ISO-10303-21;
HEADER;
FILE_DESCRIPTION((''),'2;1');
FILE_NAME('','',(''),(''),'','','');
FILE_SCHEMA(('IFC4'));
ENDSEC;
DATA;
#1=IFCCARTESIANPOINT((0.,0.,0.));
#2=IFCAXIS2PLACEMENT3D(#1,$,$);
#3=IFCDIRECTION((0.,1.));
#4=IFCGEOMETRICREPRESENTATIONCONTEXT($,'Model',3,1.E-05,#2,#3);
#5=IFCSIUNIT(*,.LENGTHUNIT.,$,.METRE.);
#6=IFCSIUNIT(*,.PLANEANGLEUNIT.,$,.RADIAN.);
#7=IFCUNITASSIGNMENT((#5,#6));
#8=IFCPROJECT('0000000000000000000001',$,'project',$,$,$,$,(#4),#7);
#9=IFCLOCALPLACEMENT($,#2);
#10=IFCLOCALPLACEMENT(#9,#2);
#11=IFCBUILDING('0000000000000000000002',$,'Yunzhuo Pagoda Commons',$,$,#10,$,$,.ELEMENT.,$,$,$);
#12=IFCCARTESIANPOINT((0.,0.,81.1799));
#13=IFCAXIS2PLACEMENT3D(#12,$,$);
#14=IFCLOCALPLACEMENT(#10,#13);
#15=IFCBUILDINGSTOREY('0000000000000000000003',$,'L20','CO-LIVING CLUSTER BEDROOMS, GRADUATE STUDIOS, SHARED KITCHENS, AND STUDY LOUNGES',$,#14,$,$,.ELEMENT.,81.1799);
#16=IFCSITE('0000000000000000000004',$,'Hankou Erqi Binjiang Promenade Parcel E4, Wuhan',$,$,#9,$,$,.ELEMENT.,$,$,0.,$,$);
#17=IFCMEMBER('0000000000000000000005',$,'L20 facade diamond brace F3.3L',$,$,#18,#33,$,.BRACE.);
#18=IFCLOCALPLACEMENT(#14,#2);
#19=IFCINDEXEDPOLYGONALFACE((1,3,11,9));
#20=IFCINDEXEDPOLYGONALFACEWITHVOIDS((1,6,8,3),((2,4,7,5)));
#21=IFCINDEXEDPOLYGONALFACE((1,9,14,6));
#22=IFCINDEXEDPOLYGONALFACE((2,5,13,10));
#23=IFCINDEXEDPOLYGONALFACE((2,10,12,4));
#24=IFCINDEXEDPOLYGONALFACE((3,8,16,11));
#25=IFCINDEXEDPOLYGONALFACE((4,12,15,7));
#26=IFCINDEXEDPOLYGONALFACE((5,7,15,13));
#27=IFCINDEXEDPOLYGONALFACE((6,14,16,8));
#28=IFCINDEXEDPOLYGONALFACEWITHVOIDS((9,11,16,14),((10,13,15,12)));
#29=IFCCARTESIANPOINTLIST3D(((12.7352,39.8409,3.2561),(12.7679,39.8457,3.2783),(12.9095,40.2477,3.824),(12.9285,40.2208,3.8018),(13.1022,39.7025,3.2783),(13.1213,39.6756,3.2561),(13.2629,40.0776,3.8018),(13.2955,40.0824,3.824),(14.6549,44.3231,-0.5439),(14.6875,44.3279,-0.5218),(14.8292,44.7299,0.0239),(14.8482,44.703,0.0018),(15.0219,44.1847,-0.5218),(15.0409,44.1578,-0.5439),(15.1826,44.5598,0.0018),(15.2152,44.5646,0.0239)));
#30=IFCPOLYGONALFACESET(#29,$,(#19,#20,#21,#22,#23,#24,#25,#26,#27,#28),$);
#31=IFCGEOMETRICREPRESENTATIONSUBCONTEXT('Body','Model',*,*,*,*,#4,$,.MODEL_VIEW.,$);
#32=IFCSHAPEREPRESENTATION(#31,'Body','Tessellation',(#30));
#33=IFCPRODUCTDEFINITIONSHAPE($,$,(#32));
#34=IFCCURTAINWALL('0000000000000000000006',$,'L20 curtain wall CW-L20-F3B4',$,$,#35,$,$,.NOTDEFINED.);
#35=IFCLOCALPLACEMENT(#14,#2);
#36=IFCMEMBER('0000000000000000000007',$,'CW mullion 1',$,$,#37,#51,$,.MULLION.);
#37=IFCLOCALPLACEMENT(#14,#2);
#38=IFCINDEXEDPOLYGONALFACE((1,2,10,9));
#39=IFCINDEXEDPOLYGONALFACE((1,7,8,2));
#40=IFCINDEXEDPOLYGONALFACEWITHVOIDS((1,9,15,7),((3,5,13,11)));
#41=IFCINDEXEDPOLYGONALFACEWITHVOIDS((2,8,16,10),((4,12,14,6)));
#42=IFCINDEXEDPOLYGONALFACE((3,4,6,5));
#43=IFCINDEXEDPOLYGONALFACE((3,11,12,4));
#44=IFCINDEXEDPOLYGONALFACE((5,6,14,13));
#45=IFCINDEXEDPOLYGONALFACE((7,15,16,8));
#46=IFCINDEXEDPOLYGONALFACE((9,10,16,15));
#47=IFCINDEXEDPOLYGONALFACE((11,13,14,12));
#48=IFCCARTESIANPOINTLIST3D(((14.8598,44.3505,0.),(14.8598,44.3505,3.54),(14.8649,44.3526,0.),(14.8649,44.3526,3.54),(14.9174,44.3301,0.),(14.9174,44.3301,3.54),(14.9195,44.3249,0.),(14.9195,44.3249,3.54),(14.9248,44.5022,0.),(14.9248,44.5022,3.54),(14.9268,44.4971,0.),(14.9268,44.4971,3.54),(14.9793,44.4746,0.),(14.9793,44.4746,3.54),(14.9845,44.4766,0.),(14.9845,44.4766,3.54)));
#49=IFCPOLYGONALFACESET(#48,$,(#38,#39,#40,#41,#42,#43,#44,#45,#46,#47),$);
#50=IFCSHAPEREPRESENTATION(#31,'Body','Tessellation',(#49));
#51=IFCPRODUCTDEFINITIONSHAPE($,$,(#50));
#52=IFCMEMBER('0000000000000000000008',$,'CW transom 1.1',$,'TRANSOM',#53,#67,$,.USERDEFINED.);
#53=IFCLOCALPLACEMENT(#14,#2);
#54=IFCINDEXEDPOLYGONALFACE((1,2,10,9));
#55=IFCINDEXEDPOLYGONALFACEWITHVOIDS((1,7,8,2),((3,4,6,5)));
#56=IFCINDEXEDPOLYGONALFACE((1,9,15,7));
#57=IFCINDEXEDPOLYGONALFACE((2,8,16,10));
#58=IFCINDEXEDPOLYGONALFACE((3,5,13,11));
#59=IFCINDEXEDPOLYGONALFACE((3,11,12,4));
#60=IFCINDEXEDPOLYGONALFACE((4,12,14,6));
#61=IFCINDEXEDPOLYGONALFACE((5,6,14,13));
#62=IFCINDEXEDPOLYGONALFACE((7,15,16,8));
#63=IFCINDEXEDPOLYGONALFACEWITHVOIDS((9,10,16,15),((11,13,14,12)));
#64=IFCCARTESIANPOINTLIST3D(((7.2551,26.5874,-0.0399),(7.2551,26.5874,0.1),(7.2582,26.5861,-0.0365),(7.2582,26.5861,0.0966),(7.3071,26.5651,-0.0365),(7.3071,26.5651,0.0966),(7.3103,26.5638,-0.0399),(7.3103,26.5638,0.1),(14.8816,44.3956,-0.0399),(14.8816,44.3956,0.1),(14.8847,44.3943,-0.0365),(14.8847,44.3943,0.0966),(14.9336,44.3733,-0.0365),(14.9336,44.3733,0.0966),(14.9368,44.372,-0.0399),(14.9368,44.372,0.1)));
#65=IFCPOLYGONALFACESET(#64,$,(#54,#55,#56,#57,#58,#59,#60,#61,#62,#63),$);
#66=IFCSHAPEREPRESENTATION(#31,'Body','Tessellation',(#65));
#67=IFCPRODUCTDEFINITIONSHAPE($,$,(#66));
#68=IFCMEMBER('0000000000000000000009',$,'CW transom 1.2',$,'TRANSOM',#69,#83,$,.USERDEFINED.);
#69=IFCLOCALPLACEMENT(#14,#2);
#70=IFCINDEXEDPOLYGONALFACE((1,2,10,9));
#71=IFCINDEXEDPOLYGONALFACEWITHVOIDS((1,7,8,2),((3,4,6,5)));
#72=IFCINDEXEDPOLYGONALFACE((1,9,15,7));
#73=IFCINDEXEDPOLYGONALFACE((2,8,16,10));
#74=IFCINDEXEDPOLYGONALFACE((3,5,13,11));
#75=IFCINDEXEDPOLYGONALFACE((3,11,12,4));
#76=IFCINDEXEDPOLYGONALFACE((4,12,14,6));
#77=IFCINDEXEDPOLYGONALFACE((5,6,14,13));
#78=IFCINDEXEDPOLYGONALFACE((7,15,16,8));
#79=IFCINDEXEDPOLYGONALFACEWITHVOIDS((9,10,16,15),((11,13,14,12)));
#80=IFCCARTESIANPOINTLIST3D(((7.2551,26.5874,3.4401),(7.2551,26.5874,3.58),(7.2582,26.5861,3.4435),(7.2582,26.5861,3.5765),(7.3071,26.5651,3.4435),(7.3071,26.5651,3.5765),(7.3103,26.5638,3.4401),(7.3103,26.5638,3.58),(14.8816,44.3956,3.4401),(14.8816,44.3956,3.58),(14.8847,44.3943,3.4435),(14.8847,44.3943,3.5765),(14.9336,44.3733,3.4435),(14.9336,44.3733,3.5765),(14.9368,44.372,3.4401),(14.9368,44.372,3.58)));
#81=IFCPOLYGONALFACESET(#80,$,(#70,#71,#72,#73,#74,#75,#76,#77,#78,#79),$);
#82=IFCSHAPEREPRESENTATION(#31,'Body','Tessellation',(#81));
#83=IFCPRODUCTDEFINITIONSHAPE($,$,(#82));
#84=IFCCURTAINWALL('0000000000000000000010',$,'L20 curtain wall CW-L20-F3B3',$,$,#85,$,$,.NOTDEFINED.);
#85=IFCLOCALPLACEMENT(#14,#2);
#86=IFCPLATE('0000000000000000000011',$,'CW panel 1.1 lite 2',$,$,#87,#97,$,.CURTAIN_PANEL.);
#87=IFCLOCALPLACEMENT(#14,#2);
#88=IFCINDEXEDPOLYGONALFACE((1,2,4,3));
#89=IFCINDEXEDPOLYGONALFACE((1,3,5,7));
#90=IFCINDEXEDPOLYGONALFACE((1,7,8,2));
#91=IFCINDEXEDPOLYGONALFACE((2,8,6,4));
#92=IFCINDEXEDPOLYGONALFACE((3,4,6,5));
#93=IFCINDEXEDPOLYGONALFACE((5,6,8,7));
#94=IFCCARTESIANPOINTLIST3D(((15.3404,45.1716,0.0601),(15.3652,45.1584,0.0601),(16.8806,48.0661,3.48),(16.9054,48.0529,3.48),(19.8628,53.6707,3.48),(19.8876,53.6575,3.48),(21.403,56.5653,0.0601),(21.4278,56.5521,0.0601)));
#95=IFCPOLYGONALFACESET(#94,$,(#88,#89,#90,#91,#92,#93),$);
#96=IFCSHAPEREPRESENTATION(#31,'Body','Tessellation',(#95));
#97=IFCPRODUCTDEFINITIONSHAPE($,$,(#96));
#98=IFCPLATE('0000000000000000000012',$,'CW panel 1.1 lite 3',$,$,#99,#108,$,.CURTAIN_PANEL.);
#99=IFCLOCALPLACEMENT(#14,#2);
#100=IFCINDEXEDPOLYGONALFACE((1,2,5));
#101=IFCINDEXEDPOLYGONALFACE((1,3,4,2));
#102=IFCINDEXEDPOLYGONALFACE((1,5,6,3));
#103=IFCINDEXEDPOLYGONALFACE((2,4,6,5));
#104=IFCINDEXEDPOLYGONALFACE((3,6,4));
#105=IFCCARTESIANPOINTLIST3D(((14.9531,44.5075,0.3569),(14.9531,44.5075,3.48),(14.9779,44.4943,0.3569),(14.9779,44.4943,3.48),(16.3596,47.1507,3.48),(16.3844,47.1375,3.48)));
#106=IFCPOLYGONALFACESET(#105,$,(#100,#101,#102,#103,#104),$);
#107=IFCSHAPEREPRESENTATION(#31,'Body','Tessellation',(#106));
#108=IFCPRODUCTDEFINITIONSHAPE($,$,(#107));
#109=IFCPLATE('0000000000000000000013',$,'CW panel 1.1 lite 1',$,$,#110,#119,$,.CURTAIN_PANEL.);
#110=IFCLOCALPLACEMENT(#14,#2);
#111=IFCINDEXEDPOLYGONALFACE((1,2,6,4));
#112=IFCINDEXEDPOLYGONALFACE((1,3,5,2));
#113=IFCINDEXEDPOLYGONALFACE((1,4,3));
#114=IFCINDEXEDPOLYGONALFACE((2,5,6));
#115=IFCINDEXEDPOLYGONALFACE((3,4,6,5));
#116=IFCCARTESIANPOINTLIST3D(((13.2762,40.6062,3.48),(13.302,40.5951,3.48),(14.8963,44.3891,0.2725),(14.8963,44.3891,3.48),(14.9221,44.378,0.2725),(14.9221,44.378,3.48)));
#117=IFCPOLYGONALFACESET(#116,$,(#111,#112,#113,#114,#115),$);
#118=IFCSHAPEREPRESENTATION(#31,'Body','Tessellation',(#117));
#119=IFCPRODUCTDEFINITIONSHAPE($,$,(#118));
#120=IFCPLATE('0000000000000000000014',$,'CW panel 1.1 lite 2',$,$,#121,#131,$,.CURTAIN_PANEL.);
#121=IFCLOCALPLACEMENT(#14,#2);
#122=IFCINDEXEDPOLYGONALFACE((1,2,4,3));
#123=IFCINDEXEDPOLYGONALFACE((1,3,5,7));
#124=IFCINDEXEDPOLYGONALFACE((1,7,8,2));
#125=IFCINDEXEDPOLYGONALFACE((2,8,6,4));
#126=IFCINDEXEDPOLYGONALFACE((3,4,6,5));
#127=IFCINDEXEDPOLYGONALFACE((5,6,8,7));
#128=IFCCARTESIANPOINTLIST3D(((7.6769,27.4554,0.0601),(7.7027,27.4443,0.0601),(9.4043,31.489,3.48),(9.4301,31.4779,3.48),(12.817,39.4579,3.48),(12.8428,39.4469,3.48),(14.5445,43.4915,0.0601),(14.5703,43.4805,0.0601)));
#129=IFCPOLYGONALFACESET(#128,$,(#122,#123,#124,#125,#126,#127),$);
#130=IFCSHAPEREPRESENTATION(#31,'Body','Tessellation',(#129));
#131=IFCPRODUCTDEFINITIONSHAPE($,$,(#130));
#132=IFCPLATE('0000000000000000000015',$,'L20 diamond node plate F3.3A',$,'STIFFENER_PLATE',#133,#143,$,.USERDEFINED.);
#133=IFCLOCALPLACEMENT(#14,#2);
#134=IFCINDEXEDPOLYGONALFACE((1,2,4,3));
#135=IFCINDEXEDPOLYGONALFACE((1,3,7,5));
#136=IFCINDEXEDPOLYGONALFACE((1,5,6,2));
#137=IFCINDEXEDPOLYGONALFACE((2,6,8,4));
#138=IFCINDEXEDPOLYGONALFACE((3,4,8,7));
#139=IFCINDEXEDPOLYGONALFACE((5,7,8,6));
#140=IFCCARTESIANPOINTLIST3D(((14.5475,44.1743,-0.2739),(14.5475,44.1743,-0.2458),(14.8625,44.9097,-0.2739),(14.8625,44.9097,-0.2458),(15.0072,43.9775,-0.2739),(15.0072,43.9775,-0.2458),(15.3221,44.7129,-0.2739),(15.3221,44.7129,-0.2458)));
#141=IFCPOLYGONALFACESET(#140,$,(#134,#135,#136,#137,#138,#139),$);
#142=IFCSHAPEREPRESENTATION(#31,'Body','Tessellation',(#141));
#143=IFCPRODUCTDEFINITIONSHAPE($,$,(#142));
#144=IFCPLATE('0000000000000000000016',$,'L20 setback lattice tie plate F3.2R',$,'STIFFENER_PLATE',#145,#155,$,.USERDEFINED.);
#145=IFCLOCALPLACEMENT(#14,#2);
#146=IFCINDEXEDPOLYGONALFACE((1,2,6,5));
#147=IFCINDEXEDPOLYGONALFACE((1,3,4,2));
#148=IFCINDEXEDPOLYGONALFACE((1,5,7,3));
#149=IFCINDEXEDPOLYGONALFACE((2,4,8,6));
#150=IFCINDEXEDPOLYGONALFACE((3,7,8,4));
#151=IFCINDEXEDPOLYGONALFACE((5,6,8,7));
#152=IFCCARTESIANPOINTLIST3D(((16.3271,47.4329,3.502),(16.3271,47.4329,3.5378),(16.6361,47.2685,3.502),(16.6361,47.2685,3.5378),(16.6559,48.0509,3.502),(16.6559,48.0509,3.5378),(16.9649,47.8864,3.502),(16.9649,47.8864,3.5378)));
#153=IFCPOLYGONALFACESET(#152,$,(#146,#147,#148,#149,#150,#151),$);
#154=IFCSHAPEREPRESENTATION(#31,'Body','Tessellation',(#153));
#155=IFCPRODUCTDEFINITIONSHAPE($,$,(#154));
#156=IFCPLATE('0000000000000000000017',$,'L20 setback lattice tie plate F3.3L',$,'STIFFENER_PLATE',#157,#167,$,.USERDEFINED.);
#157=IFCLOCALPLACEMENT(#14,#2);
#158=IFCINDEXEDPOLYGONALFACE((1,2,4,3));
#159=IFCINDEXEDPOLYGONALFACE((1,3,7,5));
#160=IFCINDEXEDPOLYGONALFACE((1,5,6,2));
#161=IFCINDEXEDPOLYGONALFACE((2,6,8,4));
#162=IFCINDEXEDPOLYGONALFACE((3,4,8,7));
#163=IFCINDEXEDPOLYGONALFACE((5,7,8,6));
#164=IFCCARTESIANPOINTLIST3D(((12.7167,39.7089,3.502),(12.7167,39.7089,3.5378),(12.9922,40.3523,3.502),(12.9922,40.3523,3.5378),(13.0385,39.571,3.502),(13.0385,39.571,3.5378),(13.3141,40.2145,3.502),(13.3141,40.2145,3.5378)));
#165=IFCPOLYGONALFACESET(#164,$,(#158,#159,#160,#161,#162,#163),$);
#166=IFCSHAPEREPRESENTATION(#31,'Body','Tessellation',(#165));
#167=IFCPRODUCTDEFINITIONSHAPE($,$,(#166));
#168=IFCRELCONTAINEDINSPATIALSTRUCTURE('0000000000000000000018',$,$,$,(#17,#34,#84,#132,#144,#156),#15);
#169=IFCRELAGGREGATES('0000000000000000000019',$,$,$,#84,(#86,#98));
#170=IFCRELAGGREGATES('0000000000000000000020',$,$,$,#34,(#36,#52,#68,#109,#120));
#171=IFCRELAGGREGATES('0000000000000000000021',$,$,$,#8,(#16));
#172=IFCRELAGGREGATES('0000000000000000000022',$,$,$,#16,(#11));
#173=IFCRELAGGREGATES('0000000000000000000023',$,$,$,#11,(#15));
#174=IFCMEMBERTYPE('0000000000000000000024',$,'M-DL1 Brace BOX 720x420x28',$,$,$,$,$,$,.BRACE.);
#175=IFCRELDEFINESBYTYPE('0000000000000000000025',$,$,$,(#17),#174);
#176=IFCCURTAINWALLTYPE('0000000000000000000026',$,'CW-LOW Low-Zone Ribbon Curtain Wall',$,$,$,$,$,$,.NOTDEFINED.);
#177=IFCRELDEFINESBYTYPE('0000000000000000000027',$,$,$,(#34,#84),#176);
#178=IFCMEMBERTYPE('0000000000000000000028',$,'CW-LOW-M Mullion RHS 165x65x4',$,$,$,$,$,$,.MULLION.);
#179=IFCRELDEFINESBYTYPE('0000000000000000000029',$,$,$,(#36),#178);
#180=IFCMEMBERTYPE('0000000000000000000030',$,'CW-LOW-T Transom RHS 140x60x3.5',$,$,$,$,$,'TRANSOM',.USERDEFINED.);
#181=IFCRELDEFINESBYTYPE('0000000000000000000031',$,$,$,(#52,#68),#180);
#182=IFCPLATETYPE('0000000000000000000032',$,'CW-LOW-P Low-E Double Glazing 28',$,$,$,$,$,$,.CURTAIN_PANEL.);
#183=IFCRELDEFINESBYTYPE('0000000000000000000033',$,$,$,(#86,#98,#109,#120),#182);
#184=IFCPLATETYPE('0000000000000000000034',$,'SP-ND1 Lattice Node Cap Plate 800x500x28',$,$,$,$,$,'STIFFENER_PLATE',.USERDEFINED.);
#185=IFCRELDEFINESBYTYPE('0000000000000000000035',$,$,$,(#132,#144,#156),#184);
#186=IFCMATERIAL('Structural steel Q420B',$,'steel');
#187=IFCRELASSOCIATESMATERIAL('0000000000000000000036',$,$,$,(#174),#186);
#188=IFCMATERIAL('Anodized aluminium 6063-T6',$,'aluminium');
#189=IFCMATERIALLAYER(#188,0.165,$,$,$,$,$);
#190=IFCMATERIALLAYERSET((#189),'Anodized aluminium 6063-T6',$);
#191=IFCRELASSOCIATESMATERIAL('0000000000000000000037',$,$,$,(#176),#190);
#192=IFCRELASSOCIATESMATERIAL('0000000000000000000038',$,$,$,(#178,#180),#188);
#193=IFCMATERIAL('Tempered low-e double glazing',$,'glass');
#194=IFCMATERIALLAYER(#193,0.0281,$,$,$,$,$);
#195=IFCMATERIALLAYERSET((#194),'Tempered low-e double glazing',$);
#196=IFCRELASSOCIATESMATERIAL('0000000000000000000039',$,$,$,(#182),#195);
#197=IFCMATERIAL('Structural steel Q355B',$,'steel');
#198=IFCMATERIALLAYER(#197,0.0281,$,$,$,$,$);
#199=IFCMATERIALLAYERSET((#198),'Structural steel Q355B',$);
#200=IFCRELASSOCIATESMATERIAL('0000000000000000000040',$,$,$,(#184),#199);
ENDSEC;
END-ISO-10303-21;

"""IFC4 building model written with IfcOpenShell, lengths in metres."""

from ifc_helpers import new_model, si_unit, direction, frame, origin, origin_2d, place, context, subcontext, project, spatial, polyline, rectangle, hollow_rectangle, outline, extrude, source, transform, mapped, material, layer, layer_set, material_profile, profile_set, type_object, element, aggregate, save


model = new_model("IFC4")

# Units and contexts
model_context = context("Model", 3, precision=1e-05, world=origin(), true_north=direction((0.0, 1.0)))
body_context = subcontext(model_context, "Body", "Model", "MODEL_VIEW")
ifc_project = project(units=[si_unit("LENGTHUNIT", "METRE"), si_unit("PLANEANGLEUNIT", "RADIAN")], contexts=[model_context])

# Site, building, storey
site_placement = place(None, origin())
site = spatial("IfcSite", under=ifc_project, at=site_placement, Name="Hankou Erqi Binjiang Promenade Parcel E4, Wuhan", CompositionType="ELEMENT", RefElevation=0.0)
building_placement = place(site_placement, origin())
building = spatial("IfcBuilding", under=site, at=building_placement, Name="Yunzhuo Pagoda Commons", CompositionType="ELEMENT")
storey_placement = place(building_placement, frame((0.0, 0.0, 81.1799)))
storey = spatial("IfcBuildingStorey", under=building, at=storey_placement, Name="L20", Description="CO-LIVING CLUSTER BEDROOMS, GRADUATE STUDIOS, SHARED KITCHENS, AND STUDY LOUNGES", CompositionType="ELEMENT", Elevation=81.1799)

# Shared definitions
ifc_material_1 = material(Name="Structural steel Q420B", Category="steel")

# Shared definitions
ifc_material_2 = material(Name="Structural steel Q355B", Category="steel")

# Member
ifc_material_profile_1 = material_profile(ifc_material_1, hollow_rectangle(XDim=0.4199, YDim=0.72, WallThickness=0.0281, at=origin_2d()), Name="Structural steel Q420B")
ifc_profile_set_1 = profile_set([ifc_material_profile_1], Name="Structural steel Q420B")
member_type_1 = type_object("IfcMemberType", Name="M-DL1 Brace BOX 720x420x28", PredefinedType="BRACE", material=ifc_profile_set_1)
shared_shape_1 = source(origin(), body_context, "Body", "SweptSolid", [
    extrude(hollow_rectangle(XDim=0.4199, YDim=0.72, WallThickness=0.0281, at=origin_2d()), origin(), (0.0, 0.0, 1.0), 6.1819),
])
member_1_placement = place(storey_placement, frame((14.9351, 44.4438, -0.26), z_axis=(-0.310534, -0.725053, 0.614709), x_axis=(0.919238, -0.393702, 0.0)))
element("IfcMember", 1, at=member_1_placement, inside=storey, type_object=member_type_1, Name="L20 facade diamond brace F3.3L", PredefinedType="BRACE", context=body_context, shape_type="MappedRepresentation", body=[
    mapped(shared_shape_1, transform((0.0, 0.0, 0.0), scale=1.0)),
])

# Curtain wall, members
ifc_material_3 = material(Name="Anodized aluminium 6063-T6", Category="aluminium")
ifc_layer_1 = layer(ifc_material_3, 0.165)
ifc_layer_set_1 = layer_set([ifc_layer_1], Name="Anodized aluminium 6063-T6")
curtain_wall_type = type_object("IfcCurtainWallType", Name="CW-LOW Low-Zone Ribbon Curtain Wall", PredefinedType="NOTDEFINED", material=ifc_layer_set_1)
curtain_wall_1_placement = place(storey_placement, origin())
curtain_wall_1 = element("IfcCurtainWall", 2, at=curtain_wall_1_placement, inside=storey, type_object=curtain_wall_type, Name="L20 curtain wall CW-L20-F3B4", PredefinedType="NOTDEFINED")
ifc_material_profile_2 = material_profile(ifc_material_3, hollow_rectangle(XDim=0.0649, YDim=0.165, WallThickness=0.0039, at=origin_2d()), Name="Anodized aluminium 6063-T6")
ifc_profile_set_2 = profile_set([ifc_material_profile_2], Name="Anodized aluminium 6063-T6")
member_type_2 = type_object("IfcMemberType", Name="CW-LOW-M Mullion RHS 165x65x4", PredefinedType="MULLION", material=ifc_profile_set_2)
shared_shape_2 = source(origin(), body_context, "Body", "SweptSolid", [
    extrude(hollow_rectangle(XDim=0.0649, YDim=0.165, WallThickness=0.0039, at=origin_2d()), origin(), (0.0, 0.0, 1.0), 3.54),
])
member_2_placement = place(storey_placement, frame((14.9221, 44.4136, 0.0), z_axis=(0.0, 0.0, 1.0), x_axis=(0.91925, -0.393674, 0.0)))
member_2 = element("IfcMember", 3, at=member_2_placement, type_object=member_type_2, Name="CW mullion 1", PredefinedType="MULLION", context=body_context, shape_type="MappedRepresentation", body=[
    mapped(shared_shape_2, transform((0.0, 0.0, 0.0), scale=1.0)),
])
ifc_material_profile_3 = material_profile(ifc_material_3, hollow_rectangle(XDim=0.0601, YDim=0.1399, WallThickness=0.0034, at=origin_2d()), Name="Anodized aluminium 6063-T6")
ifc_profile_set_3 = profile_set([ifc_material_profile_3], Name="Anodized aluminium 6063-T6")
member_type_3 = type_object("IfcMemberType", Name="CW-LOW-T Transom RHS 140x60x3.5", ElementType="TRANSOM", PredefinedType="USERDEFINED", material=ifc_profile_set_3)
shared_shape_3 = source(origin(), body_context, "Body", "SweptSolid", [
    extrude(hollow_rectangle(XDim=0.0601, YDim=0.1399, WallThickness=0.0034, at=origin_2d()), origin(), (0.0, 0.0, 1.0), 19.3726),
])
member_3_placement = place(storey_placement, frame((14.9092, 44.3838, 0.03), z_axis=(-0.393676, -0.919249, 0.0), x_axis=(0.919249, -0.393676, 0.0)))
member_3 = element("IfcMember", 4, at=member_3_placement, type_object=member_type_3, Name="CW transom 1.1", ObjectType="TRANSOM", PredefinedType="USERDEFINED", context=body_context, shape_type="MappedRepresentation", body=[
    mapped(shared_shape_3, transform((0.0, 0.0, 0.0), scale=1.0)),
])
member_4_placement = place(storey_placement, frame((14.9092, 44.3838, 3.51), z_axis=(-0.393676, -0.919249, 0.0), x_axis=(0.919249, -0.393676, 0.0)))
member_4 = element("IfcMember", 5, at=member_4_placement, type_object=member_type_3, Name="CW transom 1.2", ObjectType="TRANSOM", PredefinedType="USERDEFINED", context=body_context, shape_type="MappedRepresentation", body=[
    mapped(shared_shape_3, transform((0.0, 0.0, 0.0), scale=1.0)),
])

# Curtain wall, plates
curtain_wall_2_placement = place(storey_placement, origin())
curtain_wall_2 = element("IfcCurtainWall", 6, at=curtain_wall_2_placement, inside=storey, type_object=curtain_wall_type, Name="L20 curtain wall CW-L20-F3B3", PredefinedType="NOTDEFINED")
ifc_material_4 = material(Name="Tempered low-e double glazing", Category="glass")
ifc_layer_2 = layer(ifc_material_4, 0.0281)
ifc_layer_set_2 = layer_set([ifc_layer_2], Name="Tempered low-e double glazing")
plate_type_1 = type_object("IfcPlateType", Name="CW-LOW-P Low-E Double Glazing 28", PredefinedType="CURTAIN_PANEL", material=ifc_layer_set_2)
plate_1_placement = place(storey_placement, frame((18.3965, 50.8552, 1.77), z_axis=(-0.882805, 0.46974, 0.0), x_axis=(-0.46974, -0.882805, 0.0)))
plate_1 = element("IfcPlate", 7, at=plate_1_placement, type_object=plate_type_1, Name="CW panel 1.1 lite 2", PredefinedType="CURTAIN_PANEL", context=body_context, shape_type="SweptSolid", body=[
    extrude(outline(polyline([(-6.4531, -1.71), (6.4531, -1.71), (3.1743, 1.71), (-3.1743, 1.71), (-6.4531, -1.71)])), origin(), (0.0, 0.0, 1.0), 0.0281),
])
plate_2_placement = place(storey_placement, frame((15.6812, 45.8159, 1.9185), z_axis=(-0.882805, 0.46974, 0.0), x_axis=(-0.46974, -0.882805, 0.0)))
plate_2 = element("IfcPlate", 8, at=plate_2_placement, type_object=plate_type_1, Name="CW panel 1.1 lite 3", PredefinedType="CURTAIN_PANEL", context=body_context, shape_type="SweptSolid", body=[
    extrude(outline(polyline([(-1.4971, 1.5615), (1.4971, -1.5615), (1.4971, 1.5615), (-1.4971, 1.5615)])), origin(), (0.0, 0.0, 1.0), 0.0281),
])
aggregate(curtain_wall_2, [plate_1, plate_2])

# Plates
plate_3_placement = place(storey_placement, frame((14.1121, 42.4866, 1.8762), z_axis=(-0.91925, 0.393674, 0.0), x_axis=(-0.393674, -0.91925, 0.0)))
plate_3 = element("IfcPlate", 9, at=plate_3_placement, type_object=plate_type_1, Name="CW panel 1.1 lite 1", PredefinedType="CURTAIN_PANEL", context=body_context, shape_type="SweptSolid", body=[
    extrude(outline(polyline([(-2.0576, -1.6038), (2.0576, 1.6038), (-2.0576, 1.6038), (-2.0576, -1.6038)])), origin(), (0.0, 0.0, 1.0), 0.0281),
])
plate_4_placement = place(storey_placement, frame((11.1365, 35.4624, 1.77), z_axis=(-0.91925, 0.393674, 0.0), x_axis=(-0.393674, -0.91925, 0.0)))
plate_4 = element("IfcPlate", 10, at=plate_4_placement, type_object=plate_type_1, Name="CW panel 1.1 lite 2", PredefinedType="CURTAIN_PANEL", context=body_context, shape_type="SweptSolid", body=[
    extrude(outline(polyline([(-8.7224, -1.71), (8.7224, -1.71), (4.3345, 1.71), (-4.3345, 1.71), (-8.7224, -1.71)])), origin(), (0.0, 0.0, 1.0), 0.0281),
])
aggregate(curtain_wall_1, [member_2, member_3, member_4, plate_3, plate_4])

# Plates
ifc_layer_3 = layer(ifc_material_2, 0.0281)
ifc_layer_set_3 = layer_set([ifc_layer_3], Name="Structural steel Q355B")
plate_type_2 = type_object("IfcPlateType", Name="SP-ND1 Lattice Node Cap Plate 800x500x28", ElementType="STIFFENER_PLATE", PredefinedType="USERDEFINED", material=ifc_layer_set_3)
shared_shape_4 = source(origin(), body_context, "Body", "SweptSolid", [
    extrude(rectangle(XDim=0.8, YDim=0.5, at=origin_2d()), origin(), (0.0, 0.0, 1.0), 0.0281),
])
plate_5_placement = place(storey_placement, frame((14.9348, 44.4436, -0.2739), z_axis=(0.0, 0.0, 1.0), x_axis=(-0.393669, -0.919252, 0.0)))
element("IfcPlate", 11, at=plate_5_placement, inside=storey, type_object=plate_type_2, Name="L20 diamond node plate F3.3A", ObjectType="STIFFENER_PLATE", PredefinedType="USERDEFINED", context=body_context, shape_type="MappedRepresentation", body=[
    mapped(shared_shape_4, transform((0.0, 0.0, 0.0), scale=1.0)),
])
shared_shape_5 = source(origin(), body_context, "Body", "SweptSolid", [
    extrude(rectangle(XDim=0.7, YDim=0.3501, at=origin_2d()), origin(), (0.0, 0.0, 1.0), 0.0359),
])
for number, where, z_axis, x_axis, name in (
    (12, (16.646, 47.6597, 3.502), (0.0, 0.0, 1.0), (-0.469734, -0.882808, 0.0), "L20 setback lattice tie plate F3.2R"),
    (13, (13.0154, 39.9617, 3.502), (0.0, 0.0, 1.0), (-0.393669, -0.919252, 0.0), "L20 setback lattice tie plate F3.3L"),
):
    element("IfcPlate", number, at=place(storey_placement, frame(where, z_axis=z_axis, x_axis=x_axis)), inside=storey, type_object=plate_type_2, Name=name, ObjectType="STIFFENER_PLATE", PredefinedType="USERDEFINED", context=body_context, shape_type="MappedRepresentation", body=[
        mapped(shared_shape_5, transform((0.0, 0.0, 0.0), scale=1.0)),
    ])

save(model, "model.ifc")
